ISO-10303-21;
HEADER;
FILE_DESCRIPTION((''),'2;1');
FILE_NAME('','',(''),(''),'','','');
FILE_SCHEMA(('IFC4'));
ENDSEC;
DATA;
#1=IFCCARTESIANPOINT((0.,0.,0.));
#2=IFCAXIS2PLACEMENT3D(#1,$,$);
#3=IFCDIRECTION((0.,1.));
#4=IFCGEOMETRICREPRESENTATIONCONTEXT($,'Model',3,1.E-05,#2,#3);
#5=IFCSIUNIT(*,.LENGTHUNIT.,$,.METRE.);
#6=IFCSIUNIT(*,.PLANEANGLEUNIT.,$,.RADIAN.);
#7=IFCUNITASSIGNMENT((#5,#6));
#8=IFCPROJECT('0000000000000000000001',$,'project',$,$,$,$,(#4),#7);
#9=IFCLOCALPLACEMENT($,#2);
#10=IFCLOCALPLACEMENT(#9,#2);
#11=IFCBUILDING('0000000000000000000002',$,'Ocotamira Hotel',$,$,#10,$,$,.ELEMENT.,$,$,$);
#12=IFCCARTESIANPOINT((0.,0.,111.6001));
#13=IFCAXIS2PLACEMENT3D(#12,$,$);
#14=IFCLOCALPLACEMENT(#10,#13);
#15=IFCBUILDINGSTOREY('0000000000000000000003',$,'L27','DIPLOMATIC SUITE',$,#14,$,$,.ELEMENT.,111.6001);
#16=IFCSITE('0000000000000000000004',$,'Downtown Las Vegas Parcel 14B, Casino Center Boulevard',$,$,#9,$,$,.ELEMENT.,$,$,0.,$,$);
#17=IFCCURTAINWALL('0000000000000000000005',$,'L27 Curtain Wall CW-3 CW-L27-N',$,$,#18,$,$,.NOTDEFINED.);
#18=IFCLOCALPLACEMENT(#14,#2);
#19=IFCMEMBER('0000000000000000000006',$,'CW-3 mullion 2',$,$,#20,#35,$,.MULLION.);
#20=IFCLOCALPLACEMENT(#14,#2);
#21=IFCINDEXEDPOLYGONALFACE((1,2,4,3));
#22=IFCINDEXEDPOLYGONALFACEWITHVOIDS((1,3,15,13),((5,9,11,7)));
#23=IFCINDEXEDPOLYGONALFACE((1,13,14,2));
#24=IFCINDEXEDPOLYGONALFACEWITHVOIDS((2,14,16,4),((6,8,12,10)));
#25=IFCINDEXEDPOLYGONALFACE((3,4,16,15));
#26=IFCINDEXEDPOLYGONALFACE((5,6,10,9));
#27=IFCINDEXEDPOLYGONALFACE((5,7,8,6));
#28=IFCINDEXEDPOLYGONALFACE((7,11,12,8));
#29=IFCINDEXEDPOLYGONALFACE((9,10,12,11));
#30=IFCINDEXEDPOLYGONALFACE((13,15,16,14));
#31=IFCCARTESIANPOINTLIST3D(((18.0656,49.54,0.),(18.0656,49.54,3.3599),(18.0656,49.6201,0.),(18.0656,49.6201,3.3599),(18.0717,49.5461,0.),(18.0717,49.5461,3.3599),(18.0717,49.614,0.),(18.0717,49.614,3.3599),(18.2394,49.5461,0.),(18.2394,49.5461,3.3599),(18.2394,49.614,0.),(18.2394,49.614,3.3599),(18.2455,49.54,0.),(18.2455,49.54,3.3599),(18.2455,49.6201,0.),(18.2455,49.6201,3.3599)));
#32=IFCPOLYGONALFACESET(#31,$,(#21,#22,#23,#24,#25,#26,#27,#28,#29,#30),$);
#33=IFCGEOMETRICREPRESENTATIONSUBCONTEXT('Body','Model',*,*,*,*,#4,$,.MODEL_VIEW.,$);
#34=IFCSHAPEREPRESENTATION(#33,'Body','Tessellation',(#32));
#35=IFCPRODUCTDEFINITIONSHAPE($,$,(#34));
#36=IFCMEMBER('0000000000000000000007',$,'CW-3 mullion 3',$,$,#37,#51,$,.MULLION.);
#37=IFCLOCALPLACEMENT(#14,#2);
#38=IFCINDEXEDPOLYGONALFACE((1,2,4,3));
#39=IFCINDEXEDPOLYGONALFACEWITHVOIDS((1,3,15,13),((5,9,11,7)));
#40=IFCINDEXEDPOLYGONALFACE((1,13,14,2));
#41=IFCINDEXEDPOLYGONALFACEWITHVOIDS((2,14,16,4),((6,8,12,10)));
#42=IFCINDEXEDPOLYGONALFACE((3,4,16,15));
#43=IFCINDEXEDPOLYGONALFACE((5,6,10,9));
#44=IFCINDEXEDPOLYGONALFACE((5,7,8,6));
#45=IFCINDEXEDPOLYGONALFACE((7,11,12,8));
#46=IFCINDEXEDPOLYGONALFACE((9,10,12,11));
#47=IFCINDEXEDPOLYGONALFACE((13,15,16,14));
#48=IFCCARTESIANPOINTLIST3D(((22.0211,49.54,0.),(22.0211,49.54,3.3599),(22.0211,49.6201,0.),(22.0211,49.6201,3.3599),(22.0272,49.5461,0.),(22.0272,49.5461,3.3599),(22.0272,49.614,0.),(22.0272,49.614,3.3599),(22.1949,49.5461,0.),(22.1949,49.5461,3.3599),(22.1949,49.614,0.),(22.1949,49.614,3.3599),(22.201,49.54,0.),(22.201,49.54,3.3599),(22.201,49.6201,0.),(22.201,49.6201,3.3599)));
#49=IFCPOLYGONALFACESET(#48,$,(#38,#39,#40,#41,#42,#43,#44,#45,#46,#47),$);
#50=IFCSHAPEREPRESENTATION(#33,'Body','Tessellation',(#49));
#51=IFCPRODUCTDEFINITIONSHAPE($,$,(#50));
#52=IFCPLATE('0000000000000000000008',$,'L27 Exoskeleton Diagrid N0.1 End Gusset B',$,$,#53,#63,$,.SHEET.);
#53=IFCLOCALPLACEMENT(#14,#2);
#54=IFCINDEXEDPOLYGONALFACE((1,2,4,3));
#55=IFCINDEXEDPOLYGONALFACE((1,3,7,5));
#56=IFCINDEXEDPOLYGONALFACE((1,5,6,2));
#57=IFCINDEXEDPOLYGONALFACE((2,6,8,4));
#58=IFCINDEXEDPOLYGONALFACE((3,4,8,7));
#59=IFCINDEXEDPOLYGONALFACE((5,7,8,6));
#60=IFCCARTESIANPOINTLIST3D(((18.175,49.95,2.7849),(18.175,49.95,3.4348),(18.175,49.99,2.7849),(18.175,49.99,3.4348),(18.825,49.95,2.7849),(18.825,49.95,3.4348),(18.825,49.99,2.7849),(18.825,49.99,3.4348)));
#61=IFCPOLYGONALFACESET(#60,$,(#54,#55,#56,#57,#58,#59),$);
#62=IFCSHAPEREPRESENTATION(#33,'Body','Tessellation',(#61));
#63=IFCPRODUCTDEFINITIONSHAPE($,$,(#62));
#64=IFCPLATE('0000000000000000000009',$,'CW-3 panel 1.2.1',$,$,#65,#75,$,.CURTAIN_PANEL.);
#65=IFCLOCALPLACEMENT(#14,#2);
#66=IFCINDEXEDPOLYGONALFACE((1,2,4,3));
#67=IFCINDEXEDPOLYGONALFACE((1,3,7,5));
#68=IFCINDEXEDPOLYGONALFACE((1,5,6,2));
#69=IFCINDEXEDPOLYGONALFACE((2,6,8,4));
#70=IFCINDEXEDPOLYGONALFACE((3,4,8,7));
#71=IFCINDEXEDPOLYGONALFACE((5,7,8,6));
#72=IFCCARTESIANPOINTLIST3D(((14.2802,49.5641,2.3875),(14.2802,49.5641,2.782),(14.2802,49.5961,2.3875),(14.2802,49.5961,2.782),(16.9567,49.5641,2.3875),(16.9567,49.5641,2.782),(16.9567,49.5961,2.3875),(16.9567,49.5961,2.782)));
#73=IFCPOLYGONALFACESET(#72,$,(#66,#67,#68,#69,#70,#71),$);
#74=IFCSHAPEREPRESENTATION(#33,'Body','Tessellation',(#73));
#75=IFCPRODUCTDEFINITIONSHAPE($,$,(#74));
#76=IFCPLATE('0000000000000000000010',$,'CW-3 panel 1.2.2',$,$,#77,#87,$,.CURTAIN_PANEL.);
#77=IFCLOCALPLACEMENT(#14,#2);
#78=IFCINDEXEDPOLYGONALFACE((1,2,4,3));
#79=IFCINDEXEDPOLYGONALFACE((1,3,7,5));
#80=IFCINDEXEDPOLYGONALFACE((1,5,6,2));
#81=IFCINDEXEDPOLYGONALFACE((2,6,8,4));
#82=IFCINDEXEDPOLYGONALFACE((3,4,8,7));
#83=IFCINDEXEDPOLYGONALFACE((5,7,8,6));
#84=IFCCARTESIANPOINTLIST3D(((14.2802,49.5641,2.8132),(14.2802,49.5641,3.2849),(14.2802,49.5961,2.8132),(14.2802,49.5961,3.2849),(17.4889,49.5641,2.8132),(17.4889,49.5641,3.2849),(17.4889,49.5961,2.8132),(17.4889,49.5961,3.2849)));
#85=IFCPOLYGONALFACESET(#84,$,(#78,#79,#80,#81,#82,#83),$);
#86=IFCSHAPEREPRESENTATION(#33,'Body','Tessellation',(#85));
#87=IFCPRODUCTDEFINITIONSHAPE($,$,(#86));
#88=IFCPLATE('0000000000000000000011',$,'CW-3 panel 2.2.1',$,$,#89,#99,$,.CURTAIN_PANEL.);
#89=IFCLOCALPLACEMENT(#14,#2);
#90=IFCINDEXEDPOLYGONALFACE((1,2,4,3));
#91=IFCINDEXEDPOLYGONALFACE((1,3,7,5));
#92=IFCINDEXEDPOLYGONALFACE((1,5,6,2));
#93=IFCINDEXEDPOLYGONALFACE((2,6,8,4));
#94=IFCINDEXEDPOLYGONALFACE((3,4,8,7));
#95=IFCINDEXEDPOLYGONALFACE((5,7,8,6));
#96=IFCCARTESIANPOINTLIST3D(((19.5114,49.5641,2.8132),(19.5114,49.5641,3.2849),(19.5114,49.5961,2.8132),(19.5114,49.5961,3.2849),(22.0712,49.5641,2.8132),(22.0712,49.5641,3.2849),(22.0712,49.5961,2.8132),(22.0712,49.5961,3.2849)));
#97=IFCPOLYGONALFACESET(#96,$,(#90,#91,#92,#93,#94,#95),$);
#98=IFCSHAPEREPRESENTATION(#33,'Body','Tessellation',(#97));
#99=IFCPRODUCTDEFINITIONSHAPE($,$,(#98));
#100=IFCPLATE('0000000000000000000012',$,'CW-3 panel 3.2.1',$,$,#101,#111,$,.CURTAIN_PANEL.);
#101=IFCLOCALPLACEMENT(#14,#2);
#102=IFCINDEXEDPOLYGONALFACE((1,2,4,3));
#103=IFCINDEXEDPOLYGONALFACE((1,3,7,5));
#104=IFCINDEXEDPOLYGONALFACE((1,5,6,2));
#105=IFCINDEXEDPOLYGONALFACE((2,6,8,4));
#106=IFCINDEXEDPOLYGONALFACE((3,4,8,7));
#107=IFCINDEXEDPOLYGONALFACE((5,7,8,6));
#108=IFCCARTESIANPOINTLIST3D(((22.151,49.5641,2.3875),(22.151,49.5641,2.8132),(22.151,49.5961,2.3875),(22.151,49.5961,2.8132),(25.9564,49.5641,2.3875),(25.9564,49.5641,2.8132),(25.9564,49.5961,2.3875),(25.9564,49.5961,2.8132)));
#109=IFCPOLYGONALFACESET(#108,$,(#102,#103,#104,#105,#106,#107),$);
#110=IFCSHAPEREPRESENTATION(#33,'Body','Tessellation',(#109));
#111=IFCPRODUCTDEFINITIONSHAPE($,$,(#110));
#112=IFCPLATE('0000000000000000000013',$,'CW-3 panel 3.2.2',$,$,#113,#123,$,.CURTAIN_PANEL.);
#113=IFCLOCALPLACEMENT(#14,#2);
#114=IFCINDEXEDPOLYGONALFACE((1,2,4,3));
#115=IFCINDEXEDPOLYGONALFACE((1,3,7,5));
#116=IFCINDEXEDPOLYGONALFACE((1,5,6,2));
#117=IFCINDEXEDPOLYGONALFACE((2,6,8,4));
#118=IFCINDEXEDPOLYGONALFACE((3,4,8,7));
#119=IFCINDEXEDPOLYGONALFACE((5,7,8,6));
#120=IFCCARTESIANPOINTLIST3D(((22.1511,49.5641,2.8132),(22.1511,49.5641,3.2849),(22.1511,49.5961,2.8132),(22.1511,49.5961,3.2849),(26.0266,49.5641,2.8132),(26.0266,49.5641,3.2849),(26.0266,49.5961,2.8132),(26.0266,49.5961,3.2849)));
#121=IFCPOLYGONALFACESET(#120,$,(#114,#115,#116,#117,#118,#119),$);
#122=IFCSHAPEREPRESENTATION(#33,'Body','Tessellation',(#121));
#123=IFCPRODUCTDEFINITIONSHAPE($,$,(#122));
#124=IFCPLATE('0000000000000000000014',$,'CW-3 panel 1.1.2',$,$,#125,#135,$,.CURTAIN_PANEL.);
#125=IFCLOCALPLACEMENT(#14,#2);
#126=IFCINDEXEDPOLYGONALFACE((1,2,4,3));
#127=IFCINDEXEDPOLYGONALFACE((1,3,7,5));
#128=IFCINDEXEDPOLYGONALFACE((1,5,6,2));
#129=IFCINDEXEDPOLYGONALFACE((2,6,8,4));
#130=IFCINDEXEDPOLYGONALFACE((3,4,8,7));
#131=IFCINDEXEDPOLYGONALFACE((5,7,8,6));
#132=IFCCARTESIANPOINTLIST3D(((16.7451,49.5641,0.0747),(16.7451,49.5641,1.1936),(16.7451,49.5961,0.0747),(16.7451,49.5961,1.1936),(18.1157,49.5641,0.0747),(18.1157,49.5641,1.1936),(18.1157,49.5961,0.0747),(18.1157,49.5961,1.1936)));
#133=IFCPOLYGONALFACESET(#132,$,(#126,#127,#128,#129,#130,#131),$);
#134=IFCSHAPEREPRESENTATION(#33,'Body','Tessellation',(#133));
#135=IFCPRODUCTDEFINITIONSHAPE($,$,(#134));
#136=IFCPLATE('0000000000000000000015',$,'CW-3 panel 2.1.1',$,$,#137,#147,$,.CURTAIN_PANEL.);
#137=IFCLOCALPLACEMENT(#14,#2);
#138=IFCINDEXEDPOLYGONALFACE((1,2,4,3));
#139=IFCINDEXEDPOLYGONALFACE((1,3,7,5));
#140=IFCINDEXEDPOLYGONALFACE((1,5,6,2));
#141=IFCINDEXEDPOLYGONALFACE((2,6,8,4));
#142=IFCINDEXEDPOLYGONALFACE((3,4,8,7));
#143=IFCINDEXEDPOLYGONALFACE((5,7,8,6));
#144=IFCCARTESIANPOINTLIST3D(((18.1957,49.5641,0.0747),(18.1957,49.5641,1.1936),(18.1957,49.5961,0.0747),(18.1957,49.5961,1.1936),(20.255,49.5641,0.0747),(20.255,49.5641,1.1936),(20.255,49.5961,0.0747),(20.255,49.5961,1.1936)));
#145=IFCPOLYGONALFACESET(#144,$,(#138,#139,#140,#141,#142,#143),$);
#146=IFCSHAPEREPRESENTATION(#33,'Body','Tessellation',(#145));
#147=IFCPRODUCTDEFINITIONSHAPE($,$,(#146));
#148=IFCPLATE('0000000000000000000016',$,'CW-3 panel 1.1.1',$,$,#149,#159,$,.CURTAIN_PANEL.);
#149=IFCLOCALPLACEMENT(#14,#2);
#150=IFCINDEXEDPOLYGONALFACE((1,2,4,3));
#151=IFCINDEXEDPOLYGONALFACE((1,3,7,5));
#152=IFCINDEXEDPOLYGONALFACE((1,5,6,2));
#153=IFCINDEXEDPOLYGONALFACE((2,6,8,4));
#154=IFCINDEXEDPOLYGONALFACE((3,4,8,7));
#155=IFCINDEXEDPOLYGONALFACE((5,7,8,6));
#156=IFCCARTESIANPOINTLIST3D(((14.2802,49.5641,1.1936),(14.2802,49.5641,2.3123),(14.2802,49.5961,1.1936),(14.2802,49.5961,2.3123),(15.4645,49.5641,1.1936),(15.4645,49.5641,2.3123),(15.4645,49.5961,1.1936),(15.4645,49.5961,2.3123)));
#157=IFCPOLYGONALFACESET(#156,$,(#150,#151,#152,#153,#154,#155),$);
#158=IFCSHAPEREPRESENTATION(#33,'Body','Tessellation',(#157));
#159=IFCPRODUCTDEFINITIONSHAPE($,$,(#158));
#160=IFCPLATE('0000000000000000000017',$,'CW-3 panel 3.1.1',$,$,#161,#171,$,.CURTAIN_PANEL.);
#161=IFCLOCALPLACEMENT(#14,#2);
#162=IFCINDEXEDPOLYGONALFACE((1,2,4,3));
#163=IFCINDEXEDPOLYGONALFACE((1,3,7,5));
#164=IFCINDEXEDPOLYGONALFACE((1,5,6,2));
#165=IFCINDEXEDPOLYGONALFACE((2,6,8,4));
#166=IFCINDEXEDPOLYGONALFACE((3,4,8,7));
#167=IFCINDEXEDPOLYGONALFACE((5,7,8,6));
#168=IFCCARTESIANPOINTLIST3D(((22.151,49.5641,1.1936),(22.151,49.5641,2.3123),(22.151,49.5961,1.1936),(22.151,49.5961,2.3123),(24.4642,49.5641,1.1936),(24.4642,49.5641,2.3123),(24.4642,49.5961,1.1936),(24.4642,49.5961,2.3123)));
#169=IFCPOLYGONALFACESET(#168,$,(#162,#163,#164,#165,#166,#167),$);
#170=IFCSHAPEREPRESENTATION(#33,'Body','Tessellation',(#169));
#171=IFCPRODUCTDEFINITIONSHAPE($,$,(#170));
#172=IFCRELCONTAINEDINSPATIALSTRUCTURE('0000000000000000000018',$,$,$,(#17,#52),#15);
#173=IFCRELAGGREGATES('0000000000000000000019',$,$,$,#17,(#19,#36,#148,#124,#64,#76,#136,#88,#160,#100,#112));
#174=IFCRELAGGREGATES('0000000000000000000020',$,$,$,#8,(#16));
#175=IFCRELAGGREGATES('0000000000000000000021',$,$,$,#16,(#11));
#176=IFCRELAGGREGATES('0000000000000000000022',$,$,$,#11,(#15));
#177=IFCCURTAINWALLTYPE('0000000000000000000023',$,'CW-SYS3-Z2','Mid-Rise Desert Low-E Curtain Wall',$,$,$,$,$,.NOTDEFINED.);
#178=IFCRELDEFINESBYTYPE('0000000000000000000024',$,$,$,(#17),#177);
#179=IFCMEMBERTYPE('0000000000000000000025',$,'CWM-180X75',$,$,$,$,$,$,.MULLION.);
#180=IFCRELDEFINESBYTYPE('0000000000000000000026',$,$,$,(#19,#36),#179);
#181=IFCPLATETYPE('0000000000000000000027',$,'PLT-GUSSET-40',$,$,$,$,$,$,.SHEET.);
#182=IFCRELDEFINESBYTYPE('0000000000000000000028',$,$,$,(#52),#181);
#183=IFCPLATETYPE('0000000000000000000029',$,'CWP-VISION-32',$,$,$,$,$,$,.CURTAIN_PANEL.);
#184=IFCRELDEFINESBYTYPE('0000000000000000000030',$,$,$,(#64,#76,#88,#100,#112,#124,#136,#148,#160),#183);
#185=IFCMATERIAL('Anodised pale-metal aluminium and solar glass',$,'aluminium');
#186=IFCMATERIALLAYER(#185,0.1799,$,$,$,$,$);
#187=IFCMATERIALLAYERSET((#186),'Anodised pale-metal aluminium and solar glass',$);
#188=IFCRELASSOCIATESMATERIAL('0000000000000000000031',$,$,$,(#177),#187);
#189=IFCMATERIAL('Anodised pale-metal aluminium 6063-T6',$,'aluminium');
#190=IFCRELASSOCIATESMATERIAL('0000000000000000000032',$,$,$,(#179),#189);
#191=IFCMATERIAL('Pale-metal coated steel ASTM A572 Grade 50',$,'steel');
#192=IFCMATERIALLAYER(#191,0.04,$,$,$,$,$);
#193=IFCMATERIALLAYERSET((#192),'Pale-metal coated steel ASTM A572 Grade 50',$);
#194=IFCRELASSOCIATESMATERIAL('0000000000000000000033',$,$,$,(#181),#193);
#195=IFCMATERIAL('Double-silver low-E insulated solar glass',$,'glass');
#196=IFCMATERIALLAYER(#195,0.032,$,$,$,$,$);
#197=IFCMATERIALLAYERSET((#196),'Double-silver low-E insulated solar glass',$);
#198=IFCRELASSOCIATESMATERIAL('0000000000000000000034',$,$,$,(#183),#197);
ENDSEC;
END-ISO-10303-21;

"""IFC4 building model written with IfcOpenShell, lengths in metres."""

from ifc_helpers import new_model, si_unit, direction, frame, origin, origin_2d, place, context, subcontext, project, spatial, rectangle, hollow_rectangle, extrude, source, transform, mapped, material, layer, layer_set, material_profile, profile_set, type_object, element, aggregate, save


model = new_model("IFC4")

# Units and contexts
model_context = context("Model", 3, precision=1e-05, world=origin(), true_north=direction((0.0, 1.0)))
body_context = subcontext(model_context, "Body", "Model", "MODEL_VIEW")
ifc_project = project(units=[si_unit("LENGTHUNIT", "METRE"), si_unit("PLANEANGLEUNIT", "RADIAN")], contexts=[model_context])

# Site, building, storey
site_placement = place(None, origin())
site = spatial("IfcSite", under=ifc_project, at=site_placement, Name="Downtown Las Vegas Parcel 14B, Casino Center Boulevard", CompositionType="ELEMENT", RefElevation=0.0)
building_placement = place(site_placement, origin())
building = spatial("IfcBuilding", under=site, at=building_placement, Name="Ocotamira Hotel", CompositionType="ELEMENT")
storey_placement = place(building_placement, frame((0.0, 0.0, 111.6001)))
storey = spatial("IfcBuildingStorey", under=building, at=storey_placement, Name="L27", Description="DIPLOMATIC SUITE", CompositionType="ELEMENT", Elevation=111.6001)

# Curtain wall, members
ifc_material_1 = material(Name="Anodised pale-metal aluminium and solar glass", Category="aluminium")
ifc_layer_1 = layer(ifc_material_1, 0.1799)
ifc_layer_set_1 = layer_set([ifc_layer_1], Name="Anodised pale-metal aluminium and solar glass")
curtain_wall_type = type_object("IfcCurtainWallType", Name="CW-SYS3-Z2", Description="Mid-Rise Desert Low-E Curtain Wall", PredefinedType="NOTDEFINED", material=ifc_layer_set_1)
curtain_wall_placement = place(storey_placement, origin())
curtain_wall = element("IfcCurtainWall", 1, at=curtain_wall_placement, inside=storey, type_object=curtain_wall_type, Name="L27 Curtain Wall CW-3 CW-L27-N", PredefinedType="NOTDEFINED")
ifc_material_2 = material(Name="Anodised pale-metal aluminium 6063-T6", Category="aluminium")
ifc_material_profile_1 = material_profile(ifc_material_2, hollow_rectangle(XDim=0.0801, YDim=0.1799, WallThickness=0.0061, at=origin_2d()), Name="HSS180X80X6")
ifc_profile_set_1 = profile_set([ifc_material_profile_1], Name="Anodised pale-metal aluminium 6063-T6")
member_type_1 = type_object("IfcMemberType", Name="CWM-180X75", PredefinedType="MULLION", material=ifc_profile_set_1)
shared_shape_1 = source(origin(), body_context, "Body", "SweptSolid", [
    extrude(hollow_rectangle(XDim=0.0801, YDim=0.1799, WallThickness=0.0061, at=origin_2d()), origin(), (0.0, 0.0, 1.0), 3.3599),
])
member_1_placement = place(storey_placement, frame((18.1555, 49.5801, 0.0), z_axis=(0.0, 0.0, 1.0), x_axis=(0.0, 1.0, 0.0)))
member_1 = element("IfcMember", 2, at=member_1_placement, type_object=member_type_1, Name="CW-3 mullion 2", PredefinedType="MULLION", context=body_context, shape_type="MappedRepresentation", body=[
    mapped(shared_shape_1, transform((0.0, 0.0, 0.0), scale=1.0)),
])
member_2_placement = place(storey_placement, frame((22.1111, 49.5801, 0.0), z_axis=(0.0, 0.0, 1.0), x_axis=(0.0, 1.0, 0.0)))
member_2 = element("IfcMember", 3, at=member_2_placement, type_object=member_type_1, Name="CW-3 mullion 3", PredefinedType="MULLION", context=body_context, shape_type="MappedRepresentation", body=[
    mapped(shared_shape_1, transform((0.0, 0.0, 0.0), scale=1.0)),
])

# Plates
ifc_material_3 = material(Name="Pale-metal coated steel ASTM A572 Grade 50", Category="steel")
ifc_layer_2 = layer(ifc_material_3, 0.04)
ifc_layer_set_2 = layer_set([ifc_layer_2], Name="Pale-metal coated steel ASTM A572 Grade 50")
plate_type_1 = type_object("IfcPlateType", Name="PLT-GUSSET-40", PredefinedType="SHEET", material=ifc_layer_set_2)
shared_shape_2 = source(origin(), body_context, "Body", "SweptSolid", [
    extrude(rectangle(XDim=0.6499, YDim=0.04, at=origin_2d()), origin(), (0.0, 0.0, 1.0), 0.6499),
])
plate_1_placement = place(storey_placement, frame((18.5, 49.97, 2.7849), z_axis=(0.0, 0.0, 1.0), x_axis=(1.0, 0.0, 0.0)))
element("IfcPlate", 4, at=plate_1_placement, inside=storey, type_object=plate_type_1, Name="L27 Exoskeleton Diagrid N0.1 End Gusset B", PredefinedType="SHEET", context=body_context, shape_type="MappedRepresentation", body=[
    mapped(shared_shape_2, transform((0.0, 0.0, 0.0), scale=1.0)),
])
ifc_material_4 = material(Name="Double-silver low-E insulated solar glass", Category="glass")
ifc_layer_3 = layer(ifc_material_4, 0.032)
ifc_layer_set_3 = layer_set([ifc_layer_3], Name="Double-silver low-E insulated solar glass")
plate_type_2 = type_object("IfcPlateType", Name="CWP-VISION-32", PredefinedType="CURTAIN_PANEL", material=ifc_layer_set_3)
shared_shape_3 = source(origin(), body_context, "Body", "SweptSolid", [
    extrude(rectangle(XDim=2.6765, YDim=0.032, at=origin_2d()), origin(), (0.0, 0.0, 1.0), 0.3945),
])
plate_2_placement = place(storey_placement, frame((15.6184, 49.5801, 2.3875), z_axis=(0.0, 0.0, 1.0), x_axis=(1.0, 0.0, 0.0)))
plate_2 = element("IfcPlate", 5, at=plate_2_placement, type_object=plate_type_2, Name="CW-3 panel 1.2.1", PredefinedType="CURTAIN_PANEL", context=body_context, shape_type="MappedRepresentation", body=[
    mapped(shared_shape_3, transform((0.0, 0.0, 0.0), scale=1.0)),
])
shared_shape_4 = source(origin(), body_context, "Body", "SweptSolid", [
    extrude(rectangle(XDim=3.2087, YDim=0.032, at=origin_2d()), origin(), (0.0, 0.0, 1.0), 0.4717),
])
plate_3_placement = place(storey_placement, frame((15.8845, 49.5801, 2.8132), z_axis=(0.0, 0.0, 1.0), x_axis=(1.0, 0.0, 0.0)))
plate_3 = element("IfcPlate", 6, at=plate_3_placement, type_object=plate_type_2, Name="CW-3 panel 1.2.2", PredefinedType="CURTAIN_PANEL", context=body_context, shape_type="MappedRepresentation", body=[
    mapped(shared_shape_4, transform((0.0, 0.0, 0.0), scale=1.0)),
])
shared_shape_5 = source(origin(), body_context, "Body", "SweptSolid", [
    extrude(rectangle(XDim=2.5598, YDim=0.032, at=origin_2d()), origin(), (0.0, 0.0, 1.0), 0.4717),
])
plate_4_placement = place(storey_placement, frame((20.7913, 49.5801, 2.8132), z_axis=(0.0, 0.0, 1.0), x_axis=(1.0, 0.0, 0.0)))
plate_4 = element("IfcPlate", 7, at=plate_4_placement, type_object=plate_type_2, Name="CW-3 panel 2.2.1", PredefinedType="CURTAIN_PANEL", context=body_context, shape_type="MappedRepresentation", body=[
    mapped(shared_shape_5, transform((0.0, 0.0, 0.0), scale=1.0)),
])
shared_shape_6 = source(origin(), body_context, "Body", "SweptSolid", [
    extrude(rectangle(XDim=3.8054, YDim=0.032, at=origin_2d()), origin(), (0.0, 0.0, 1.0), 0.4258),
])
plate_5_placement = place(storey_placement, frame((24.0537, 49.5801, 2.3875), z_axis=(0.0, 0.0, 1.0), x_axis=(1.0, 0.0, 0.0)))
plate_5 = element("IfcPlate", 8, at=plate_5_placement, type_object=plate_type_2, Name="CW-3 panel 3.2.1", PredefinedType="CURTAIN_PANEL", context=body_context, shape_type="MappedRepresentation", body=[
    mapped(shared_shape_6, transform((0.0, 0.0, 0.0), scale=1.0)),
])
shared_shape_7 = source(origin(), body_context, "Body", "SweptSolid", [
    extrude(rectangle(XDim=3.8755, YDim=0.032, at=origin_2d()), origin(), (0.0, 0.0, 1.0), 0.4717),
])
plate_6_placement = place(storey_placement, frame((24.0889, 49.5801, 2.8132), z_axis=(0.0, 0.0, 1.0), x_axis=(1.0, 0.0, 0.0)))
plate_6 = element("IfcPlate", 9, at=plate_6_placement, type_object=plate_type_2, Name="CW-3 panel 3.2.2", PredefinedType="CURTAIN_PANEL", context=body_context, shape_type="MappedRepresentation", body=[
    mapped(shared_shape_7, transform((0.0, 0.0, 0.0), scale=1.0)),
])
shared_shape_8 = source(origin(), body_context, "Body", "SweptSolid", [
    extrude(rectangle(XDim=1.3706, YDim=0.032, at=origin_2d()), origin(), (0.0, 0.0, 1.0), 1.1189),
])
plate_7_placement = place(storey_placement, frame((17.4304, 49.5801, 0.0747), z_axis=(0.0, 0.0, 1.0), x_axis=(1.0, 0.0, 0.0)))
plate_7 = element("IfcPlate", 10, at=plate_7_placement, type_object=plate_type_2, Name="CW-3 panel 1.1.2", PredefinedType="CURTAIN_PANEL", context=body_context, shape_type="MappedRepresentation", body=[
    mapped(shared_shape_8, transform((0.0, 0.0, 0.0), scale=1.0)),
])
shared_shape_9 = source(origin(), body_context, "Body", "SweptSolid", [
    extrude(rectangle(XDim=2.0593, YDim=0.032, at=origin_2d()), origin(), (0.0, 0.0, 1.0), 1.1189),
])
plate_8_placement = place(storey_placement, frame((19.2253, 49.5801, 0.0747), z_axis=(0.0, 0.0, 1.0), x_axis=(1.0, 0.0, 0.0)))
plate_8 = element("IfcPlate", 11, at=plate_8_placement, type_object=plate_type_2, Name="CW-3 panel 2.1.1", PredefinedType="CURTAIN_PANEL", context=body_context, shape_type="MappedRepresentation", body=[
    mapped(shared_shape_9, transform((0.0, 0.0, 0.0), scale=1.0)),
])
shared_shape_10 = source(origin(), body_context, "Body", "SweptSolid", [
    extrude(rectangle(XDim=1.1843, YDim=0.032, at=origin_2d()), origin(), (0.0, 0.0, 1.0), 1.1187),
])
plate_9_placement = place(storey_placement, frame((14.8723, 49.5801, 1.1936), z_axis=(0.0, 0.0, 1.0), x_axis=(1.0, 0.0, 0.0)))
plate_9 = element("IfcPlate", 12, at=plate_9_placement, type_object=plate_type_2, Name="CW-3 panel 1.1.1", PredefinedType="CURTAIN_PANEL", context=body_context, shape_type="MappedRepresentation", body=[
    mapped(shared_shape_10, transform((0.0, 0.0, 0.0), scale=1.0)),
])
shared_shape_11 = source(origin(), body_context, "Body", "SweptSolid", [
    extrude(rectangle(XDim=2.3132, YDim=0.032, at=origin_2d()), origin(), (0.0, 0.0, 1.0), 1.1187),
])
plate_10_placement = place(storey_placement, frame((23.3076, 49.5801, 1.1936), z_axis=(0.0, 0.0, 1.0), x_axis=(1.0, 0.0, 0.0)))
plate_10 = element("IfcPlate", 13, at=plate_10_placement, type_object=plate_type_2, Name="CW-3 panel 3.1.1", PredefinedType="CURTAIN_PANEL", context=body_context, shape_type="MappedRepresentation", body=[
    mapped(shared_shape_11, transform((0.0, 0.0, 0.0), scale=1.0)),
])
aggregate(curtain_wall, [member_1, member_2, plate_9, plate_7, plate_2, plate_3, plate_8, plate_4, plate_10, plate_5, plate_6])

save(model, "model.ifc")
